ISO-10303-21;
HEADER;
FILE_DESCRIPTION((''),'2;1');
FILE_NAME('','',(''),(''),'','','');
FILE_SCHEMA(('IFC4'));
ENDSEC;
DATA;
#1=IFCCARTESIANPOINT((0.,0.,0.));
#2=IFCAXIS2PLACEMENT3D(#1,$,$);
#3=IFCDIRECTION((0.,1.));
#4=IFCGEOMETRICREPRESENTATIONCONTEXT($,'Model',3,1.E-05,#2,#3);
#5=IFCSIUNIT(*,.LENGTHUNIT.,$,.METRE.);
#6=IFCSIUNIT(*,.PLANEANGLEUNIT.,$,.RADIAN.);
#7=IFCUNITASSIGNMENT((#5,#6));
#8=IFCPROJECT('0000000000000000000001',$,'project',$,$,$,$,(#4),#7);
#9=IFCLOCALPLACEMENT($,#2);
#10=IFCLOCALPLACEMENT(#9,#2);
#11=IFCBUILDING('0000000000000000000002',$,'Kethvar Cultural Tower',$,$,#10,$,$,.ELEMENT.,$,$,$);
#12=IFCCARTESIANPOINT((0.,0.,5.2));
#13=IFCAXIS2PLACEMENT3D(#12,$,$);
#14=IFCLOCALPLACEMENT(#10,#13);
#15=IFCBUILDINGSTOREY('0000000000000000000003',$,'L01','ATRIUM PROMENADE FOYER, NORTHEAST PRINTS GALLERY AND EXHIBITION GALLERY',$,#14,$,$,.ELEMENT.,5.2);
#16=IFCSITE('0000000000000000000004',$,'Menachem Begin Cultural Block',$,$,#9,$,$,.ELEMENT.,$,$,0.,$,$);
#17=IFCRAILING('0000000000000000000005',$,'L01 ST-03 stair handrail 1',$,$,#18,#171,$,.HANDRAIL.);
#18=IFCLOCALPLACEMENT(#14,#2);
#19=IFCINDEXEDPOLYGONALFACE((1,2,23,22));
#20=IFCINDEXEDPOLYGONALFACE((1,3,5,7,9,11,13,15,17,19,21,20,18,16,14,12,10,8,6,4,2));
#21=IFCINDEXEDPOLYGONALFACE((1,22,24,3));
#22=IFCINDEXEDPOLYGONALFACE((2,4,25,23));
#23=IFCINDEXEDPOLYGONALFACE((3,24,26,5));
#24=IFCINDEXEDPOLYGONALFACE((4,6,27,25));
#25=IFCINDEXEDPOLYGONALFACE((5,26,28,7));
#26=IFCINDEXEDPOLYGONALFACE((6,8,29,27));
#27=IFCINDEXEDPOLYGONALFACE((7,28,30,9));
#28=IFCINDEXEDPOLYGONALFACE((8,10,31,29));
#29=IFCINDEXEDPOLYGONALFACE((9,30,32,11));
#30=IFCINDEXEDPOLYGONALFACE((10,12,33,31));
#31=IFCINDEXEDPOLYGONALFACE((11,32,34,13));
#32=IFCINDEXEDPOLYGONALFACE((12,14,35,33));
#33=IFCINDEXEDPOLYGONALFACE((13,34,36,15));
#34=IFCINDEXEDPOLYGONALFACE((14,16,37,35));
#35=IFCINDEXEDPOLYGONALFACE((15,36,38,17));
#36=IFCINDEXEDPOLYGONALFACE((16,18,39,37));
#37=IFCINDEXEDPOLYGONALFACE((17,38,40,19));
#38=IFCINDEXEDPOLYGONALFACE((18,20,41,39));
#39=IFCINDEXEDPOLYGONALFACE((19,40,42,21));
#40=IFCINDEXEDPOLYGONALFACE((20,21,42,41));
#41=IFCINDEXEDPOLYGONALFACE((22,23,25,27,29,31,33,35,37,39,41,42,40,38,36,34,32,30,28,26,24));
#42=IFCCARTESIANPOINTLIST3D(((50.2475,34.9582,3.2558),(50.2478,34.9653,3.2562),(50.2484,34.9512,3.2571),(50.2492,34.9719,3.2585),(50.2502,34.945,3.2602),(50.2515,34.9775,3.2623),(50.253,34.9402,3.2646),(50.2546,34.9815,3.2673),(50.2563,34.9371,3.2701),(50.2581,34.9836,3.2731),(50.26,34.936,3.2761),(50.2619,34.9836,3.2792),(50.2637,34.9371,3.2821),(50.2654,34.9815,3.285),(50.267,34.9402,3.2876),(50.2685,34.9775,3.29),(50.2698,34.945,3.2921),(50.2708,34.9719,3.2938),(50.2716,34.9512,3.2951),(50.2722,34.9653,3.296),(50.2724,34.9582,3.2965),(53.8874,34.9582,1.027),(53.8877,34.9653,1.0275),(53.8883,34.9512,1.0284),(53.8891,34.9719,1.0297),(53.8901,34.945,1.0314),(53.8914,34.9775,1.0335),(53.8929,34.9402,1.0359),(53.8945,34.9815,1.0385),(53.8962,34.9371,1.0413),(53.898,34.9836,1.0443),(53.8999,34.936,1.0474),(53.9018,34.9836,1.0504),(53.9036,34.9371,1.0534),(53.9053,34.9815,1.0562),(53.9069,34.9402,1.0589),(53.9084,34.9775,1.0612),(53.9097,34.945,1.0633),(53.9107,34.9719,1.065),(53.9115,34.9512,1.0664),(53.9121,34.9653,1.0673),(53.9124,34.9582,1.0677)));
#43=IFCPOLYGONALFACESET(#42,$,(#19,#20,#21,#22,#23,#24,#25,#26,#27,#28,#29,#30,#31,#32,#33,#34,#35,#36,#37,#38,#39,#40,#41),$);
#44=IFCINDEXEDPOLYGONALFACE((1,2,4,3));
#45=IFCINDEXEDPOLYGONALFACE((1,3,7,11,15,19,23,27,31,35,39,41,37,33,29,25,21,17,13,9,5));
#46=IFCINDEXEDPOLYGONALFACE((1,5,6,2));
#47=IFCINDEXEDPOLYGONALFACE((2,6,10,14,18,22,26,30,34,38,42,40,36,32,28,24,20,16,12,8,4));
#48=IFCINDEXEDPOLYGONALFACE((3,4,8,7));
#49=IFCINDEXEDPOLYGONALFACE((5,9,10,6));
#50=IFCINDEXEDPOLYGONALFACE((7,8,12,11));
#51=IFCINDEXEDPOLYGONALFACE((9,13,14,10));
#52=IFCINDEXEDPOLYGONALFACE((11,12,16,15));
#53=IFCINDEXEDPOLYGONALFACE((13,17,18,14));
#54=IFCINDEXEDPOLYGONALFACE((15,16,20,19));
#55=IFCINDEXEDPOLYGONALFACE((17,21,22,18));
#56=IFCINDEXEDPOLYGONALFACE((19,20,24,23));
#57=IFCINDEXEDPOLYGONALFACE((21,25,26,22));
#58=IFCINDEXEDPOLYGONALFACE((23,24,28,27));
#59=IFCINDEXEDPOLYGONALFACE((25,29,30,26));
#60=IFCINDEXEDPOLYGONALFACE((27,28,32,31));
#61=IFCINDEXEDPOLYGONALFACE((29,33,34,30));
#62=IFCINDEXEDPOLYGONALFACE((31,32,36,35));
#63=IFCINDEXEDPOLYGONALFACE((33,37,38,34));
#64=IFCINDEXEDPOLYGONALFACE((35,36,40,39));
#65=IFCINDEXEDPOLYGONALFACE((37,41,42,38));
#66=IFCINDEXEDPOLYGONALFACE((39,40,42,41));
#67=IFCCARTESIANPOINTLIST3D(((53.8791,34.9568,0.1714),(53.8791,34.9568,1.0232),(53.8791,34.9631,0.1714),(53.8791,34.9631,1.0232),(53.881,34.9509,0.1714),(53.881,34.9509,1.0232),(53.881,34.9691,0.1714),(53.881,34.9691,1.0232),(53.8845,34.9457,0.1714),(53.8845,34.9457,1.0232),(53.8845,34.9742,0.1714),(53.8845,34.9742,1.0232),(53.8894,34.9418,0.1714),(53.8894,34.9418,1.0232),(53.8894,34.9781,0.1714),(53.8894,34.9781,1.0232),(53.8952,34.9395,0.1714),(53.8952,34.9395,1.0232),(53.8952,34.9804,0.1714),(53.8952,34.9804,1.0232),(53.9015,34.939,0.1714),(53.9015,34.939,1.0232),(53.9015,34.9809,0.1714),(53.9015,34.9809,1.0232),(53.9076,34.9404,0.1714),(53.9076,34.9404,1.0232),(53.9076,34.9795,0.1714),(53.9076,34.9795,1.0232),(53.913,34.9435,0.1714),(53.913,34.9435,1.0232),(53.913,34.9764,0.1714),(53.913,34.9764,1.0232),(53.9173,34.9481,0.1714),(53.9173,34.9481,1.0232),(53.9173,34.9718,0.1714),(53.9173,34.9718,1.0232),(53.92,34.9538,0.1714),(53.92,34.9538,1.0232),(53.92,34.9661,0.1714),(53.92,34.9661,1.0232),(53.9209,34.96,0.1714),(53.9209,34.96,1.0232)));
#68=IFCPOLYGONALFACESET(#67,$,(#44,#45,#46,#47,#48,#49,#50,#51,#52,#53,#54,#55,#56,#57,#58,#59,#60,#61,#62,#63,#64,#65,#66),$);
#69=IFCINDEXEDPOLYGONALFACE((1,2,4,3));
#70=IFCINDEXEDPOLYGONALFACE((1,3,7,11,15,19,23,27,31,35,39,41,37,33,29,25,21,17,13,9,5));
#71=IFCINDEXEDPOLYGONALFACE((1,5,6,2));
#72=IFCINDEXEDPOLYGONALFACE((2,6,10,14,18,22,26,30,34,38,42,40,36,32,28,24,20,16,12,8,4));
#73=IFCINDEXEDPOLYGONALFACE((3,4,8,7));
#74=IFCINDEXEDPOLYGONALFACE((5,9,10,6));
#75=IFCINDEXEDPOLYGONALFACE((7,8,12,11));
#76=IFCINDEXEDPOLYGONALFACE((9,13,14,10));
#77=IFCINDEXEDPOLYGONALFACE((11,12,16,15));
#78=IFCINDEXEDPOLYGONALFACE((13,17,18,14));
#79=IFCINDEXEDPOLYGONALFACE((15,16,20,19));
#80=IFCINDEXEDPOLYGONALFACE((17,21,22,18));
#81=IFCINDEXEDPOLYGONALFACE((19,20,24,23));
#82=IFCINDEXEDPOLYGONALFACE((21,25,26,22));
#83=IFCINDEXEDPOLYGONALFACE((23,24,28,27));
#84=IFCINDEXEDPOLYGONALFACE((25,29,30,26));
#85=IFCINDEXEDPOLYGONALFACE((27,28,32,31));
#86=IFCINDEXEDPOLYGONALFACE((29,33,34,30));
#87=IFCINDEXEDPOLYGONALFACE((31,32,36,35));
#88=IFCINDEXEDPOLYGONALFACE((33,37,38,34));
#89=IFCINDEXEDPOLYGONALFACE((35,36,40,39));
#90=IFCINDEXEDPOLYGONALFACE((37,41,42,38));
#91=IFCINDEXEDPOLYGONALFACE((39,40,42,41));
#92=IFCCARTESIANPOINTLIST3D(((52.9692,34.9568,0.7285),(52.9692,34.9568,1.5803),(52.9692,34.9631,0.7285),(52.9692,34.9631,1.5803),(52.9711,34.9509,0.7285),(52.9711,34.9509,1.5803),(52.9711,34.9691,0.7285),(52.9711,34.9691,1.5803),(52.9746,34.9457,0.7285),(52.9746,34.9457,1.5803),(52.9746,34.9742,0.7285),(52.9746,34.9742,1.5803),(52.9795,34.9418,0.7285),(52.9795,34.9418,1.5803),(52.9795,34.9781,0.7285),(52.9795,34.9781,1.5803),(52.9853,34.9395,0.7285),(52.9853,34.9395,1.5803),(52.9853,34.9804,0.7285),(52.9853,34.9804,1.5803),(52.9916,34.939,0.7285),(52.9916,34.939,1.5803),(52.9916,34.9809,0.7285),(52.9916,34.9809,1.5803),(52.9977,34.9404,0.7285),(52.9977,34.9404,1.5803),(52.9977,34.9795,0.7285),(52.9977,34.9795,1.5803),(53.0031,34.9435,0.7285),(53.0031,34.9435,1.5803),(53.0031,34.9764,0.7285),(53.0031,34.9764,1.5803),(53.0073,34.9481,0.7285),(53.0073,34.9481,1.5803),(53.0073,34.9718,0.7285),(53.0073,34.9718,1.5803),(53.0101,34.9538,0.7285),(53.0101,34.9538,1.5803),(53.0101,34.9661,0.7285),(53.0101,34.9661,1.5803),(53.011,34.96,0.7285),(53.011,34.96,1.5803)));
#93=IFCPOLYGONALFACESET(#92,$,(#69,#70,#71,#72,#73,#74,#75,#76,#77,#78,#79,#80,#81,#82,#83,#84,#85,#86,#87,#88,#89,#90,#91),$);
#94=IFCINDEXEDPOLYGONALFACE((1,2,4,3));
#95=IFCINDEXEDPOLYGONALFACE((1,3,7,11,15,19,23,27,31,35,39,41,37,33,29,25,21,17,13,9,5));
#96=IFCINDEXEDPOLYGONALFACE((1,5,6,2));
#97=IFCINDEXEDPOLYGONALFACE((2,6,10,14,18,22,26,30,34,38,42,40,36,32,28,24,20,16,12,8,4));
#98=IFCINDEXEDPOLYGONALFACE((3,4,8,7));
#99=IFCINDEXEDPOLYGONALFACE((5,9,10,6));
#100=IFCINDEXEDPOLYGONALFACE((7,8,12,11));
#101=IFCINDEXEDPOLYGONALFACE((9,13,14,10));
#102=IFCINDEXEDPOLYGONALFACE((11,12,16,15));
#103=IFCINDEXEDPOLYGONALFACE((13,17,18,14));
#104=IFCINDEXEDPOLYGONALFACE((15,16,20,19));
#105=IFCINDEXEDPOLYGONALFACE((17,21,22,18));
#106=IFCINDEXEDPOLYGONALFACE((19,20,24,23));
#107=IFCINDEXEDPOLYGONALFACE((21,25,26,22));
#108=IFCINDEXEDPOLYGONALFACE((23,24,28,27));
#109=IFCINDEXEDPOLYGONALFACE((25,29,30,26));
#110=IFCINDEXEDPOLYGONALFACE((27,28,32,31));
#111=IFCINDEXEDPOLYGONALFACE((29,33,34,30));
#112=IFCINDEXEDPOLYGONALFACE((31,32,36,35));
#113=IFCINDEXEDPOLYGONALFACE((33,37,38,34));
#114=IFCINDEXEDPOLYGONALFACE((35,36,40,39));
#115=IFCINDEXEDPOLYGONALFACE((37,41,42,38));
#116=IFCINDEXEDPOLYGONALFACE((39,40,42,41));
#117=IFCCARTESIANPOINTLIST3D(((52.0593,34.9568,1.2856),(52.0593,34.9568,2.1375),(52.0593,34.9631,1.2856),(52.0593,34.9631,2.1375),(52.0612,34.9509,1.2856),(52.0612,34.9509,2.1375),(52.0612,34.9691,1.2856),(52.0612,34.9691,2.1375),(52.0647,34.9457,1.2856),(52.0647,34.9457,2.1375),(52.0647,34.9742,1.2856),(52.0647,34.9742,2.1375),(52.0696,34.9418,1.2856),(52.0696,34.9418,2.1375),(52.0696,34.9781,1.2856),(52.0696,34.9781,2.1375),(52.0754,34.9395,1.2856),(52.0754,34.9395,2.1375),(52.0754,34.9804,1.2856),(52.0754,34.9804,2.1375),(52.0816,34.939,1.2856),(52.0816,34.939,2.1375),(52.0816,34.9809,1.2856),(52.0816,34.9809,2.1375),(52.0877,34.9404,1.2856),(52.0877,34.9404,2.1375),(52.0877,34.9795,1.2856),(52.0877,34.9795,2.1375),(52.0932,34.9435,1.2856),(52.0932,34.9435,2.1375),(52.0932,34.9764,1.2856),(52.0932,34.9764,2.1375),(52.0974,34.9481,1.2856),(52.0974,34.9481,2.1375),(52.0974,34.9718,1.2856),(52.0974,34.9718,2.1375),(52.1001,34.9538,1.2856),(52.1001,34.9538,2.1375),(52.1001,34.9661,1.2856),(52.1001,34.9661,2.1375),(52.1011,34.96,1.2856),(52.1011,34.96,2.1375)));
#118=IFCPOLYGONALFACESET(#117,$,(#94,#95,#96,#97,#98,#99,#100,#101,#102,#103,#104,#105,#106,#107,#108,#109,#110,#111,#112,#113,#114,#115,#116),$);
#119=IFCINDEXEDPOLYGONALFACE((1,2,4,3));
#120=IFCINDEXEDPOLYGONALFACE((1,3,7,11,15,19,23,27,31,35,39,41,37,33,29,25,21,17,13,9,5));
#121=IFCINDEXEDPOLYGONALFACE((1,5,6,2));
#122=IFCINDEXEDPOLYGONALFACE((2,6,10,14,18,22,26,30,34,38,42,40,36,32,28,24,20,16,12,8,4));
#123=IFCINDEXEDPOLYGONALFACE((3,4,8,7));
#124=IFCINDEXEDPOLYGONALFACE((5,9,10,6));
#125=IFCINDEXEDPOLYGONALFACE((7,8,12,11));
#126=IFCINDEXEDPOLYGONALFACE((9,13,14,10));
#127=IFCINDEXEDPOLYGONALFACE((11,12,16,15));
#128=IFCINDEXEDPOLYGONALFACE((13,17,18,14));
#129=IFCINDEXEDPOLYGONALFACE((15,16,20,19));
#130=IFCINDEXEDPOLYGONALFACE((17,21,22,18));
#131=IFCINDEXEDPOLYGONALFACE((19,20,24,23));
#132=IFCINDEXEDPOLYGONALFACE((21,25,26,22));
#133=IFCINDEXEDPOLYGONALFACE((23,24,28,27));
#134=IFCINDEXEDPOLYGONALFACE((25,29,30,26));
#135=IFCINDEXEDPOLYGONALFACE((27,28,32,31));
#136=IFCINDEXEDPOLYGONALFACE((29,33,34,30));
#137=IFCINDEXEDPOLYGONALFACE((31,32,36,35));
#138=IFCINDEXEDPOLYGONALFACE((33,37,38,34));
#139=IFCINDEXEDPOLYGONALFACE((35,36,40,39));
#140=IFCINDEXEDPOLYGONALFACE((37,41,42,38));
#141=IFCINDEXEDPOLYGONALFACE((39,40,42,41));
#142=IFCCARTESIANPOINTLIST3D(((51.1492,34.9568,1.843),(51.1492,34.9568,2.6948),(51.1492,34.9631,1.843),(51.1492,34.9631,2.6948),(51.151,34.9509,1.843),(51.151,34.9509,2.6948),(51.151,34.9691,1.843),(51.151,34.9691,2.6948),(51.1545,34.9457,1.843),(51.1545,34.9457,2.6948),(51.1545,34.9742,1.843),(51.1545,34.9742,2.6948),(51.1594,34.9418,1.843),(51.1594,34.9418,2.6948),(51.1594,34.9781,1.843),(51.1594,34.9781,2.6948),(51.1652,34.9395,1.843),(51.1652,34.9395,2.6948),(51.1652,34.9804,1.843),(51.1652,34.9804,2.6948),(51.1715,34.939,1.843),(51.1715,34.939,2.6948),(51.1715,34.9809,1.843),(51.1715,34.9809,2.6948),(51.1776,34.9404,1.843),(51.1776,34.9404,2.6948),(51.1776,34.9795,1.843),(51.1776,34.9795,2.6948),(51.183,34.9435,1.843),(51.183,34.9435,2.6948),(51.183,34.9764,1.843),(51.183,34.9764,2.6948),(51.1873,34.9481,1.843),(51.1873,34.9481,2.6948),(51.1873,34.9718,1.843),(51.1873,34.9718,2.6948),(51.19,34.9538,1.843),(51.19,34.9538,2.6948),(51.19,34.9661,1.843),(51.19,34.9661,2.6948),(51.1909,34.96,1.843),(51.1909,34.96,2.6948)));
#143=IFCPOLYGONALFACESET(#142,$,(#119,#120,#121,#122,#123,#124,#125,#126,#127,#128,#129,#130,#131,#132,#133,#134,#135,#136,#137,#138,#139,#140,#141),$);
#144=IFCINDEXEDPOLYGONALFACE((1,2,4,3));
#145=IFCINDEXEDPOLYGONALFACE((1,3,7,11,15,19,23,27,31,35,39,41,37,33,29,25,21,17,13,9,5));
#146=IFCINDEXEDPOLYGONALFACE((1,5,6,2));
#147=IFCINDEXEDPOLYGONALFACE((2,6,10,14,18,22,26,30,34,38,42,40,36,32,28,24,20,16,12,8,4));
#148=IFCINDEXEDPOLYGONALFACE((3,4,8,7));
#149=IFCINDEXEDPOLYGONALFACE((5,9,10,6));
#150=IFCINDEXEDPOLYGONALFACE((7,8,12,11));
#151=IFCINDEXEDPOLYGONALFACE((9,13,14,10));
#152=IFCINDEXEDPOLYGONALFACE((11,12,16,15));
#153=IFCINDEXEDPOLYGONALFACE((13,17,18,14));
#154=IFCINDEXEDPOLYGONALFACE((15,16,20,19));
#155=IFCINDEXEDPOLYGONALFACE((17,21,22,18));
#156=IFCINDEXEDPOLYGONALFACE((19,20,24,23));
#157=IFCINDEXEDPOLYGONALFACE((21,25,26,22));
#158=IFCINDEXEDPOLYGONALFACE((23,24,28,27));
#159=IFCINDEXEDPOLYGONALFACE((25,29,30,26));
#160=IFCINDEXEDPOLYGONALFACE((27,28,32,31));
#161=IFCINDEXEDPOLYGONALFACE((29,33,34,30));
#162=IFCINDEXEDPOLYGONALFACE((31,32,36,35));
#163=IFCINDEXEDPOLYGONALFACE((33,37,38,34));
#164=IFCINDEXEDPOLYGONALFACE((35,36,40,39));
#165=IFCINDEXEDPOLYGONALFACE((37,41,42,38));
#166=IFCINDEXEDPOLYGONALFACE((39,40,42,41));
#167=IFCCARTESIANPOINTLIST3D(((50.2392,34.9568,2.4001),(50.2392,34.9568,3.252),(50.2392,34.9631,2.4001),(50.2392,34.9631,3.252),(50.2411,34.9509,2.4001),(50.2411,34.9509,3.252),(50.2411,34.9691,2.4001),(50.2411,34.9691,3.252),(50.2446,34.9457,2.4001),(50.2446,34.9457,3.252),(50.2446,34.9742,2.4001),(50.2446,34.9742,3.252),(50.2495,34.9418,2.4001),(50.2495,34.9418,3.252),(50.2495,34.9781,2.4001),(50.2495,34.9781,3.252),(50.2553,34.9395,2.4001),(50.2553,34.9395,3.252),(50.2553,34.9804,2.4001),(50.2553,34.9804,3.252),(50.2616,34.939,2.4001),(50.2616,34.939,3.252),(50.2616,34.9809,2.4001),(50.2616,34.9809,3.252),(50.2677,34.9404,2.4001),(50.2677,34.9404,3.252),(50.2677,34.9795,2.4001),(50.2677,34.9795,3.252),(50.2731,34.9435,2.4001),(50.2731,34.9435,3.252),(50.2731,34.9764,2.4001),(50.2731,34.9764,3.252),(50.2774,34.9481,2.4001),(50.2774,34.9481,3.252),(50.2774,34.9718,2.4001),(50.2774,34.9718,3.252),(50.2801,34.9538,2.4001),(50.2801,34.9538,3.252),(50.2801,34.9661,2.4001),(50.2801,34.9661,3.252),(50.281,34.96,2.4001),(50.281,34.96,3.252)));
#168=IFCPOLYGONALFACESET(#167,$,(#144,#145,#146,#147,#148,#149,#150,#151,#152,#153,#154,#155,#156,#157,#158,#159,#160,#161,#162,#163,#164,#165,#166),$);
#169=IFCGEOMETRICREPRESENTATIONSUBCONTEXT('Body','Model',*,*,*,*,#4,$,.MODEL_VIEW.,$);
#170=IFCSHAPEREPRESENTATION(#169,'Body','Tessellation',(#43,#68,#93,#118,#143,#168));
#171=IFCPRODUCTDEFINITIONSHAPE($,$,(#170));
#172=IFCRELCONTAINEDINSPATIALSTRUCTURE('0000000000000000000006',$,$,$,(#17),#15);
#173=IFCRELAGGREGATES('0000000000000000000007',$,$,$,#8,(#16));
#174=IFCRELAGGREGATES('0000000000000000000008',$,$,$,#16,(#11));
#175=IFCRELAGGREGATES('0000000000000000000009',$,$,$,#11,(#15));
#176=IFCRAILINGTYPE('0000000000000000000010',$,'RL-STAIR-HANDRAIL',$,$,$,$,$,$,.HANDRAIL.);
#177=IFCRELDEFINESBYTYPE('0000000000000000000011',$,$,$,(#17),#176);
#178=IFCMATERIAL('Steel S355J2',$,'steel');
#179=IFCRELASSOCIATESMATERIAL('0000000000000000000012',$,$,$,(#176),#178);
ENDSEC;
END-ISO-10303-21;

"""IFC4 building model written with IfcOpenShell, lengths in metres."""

from ifc_helpers import new_model, si_unit, direction, frame, origin, origin_2d, place, context, subcontext, project, spatial, circle, extrude, material, type_object, element, save


model = new_model("IFC4")

# Units and contexts
model_context = context("Model", 3, precision=1e-05, world=origin(), true_north=direction((0.0, 1.0)))
body_context = subcontext(model_context, "Body", "Model", "MODEL_VIEW")
ifc_project = project(units=[si_unit("LENGTHUNIT", "METRE"), si_unit("PLANEANGLEUNIT", "RADIAN")], contexts=[model_context])

# Site, building, storey
site_placement = place(None, origin())
site = spatial("IfcSite", under=ifc_project, at=site_placement, Name="Menachem Begin Cultural Block", CompositionType="ELEMENT", RefElevation=0.0)
building_placement = place(site_placement, origin())
building = spatial("IfcBuilding", under=site, at=building_placement, Name="Kethvar Cultural Tower", CompositionType="ELEMENT")
storey_placement = place(building_placement, frame((0.0, 0.0, 5.2)))
storey = spatial("IfcBuildingStorey", under=building, at=storey_placement, Name="L01", Description="ATRIUM PROMENADE FOYER, NORTHEAST PRINTS GALLERY AND EXHIBITION GALLERY", CompositionType="ELEMENT", Elevation=5.2)

# Shared definitions
ifc_material_1 = material(Name="Steel S355J2", Category="steel")

# Railing
railing_type_1 = type_object("IfcRailingType", Name="RL-STAIR-HANDRAIL", PredefinedType="HANDRAIL", material=ifc_material_1)
railing_1_placement = place(storey_placement, frame((53.8999, 34.96, 0.1714)))
element("IfcRailing", 1, at=railing_1_placement, inside=storey, type_object=railing_type_1, Name="L01 ST-03 stair handrail 1", PredefinedType="HANDRAIL", context=body_context, shape_type="SweptSolid", body=[
    extrude(circle(Radius=0.0239, at=origin_2d()), frame((0.0, 0.0, 0.876), z_axis=(-0.852825, 0.0, 0.522197), x_axis=(0.0, -1.0, 0.0)), (0.0, 0.0, 1.0), 4.2681),
    extrude(circle(Radius=0.021, at=origin_2d()), origin(), (0.0, 0.0, 1.0), 0.8518),
    extrude(circle(Radius=0.021, at=origin_2d()), frame((-0.9099, 0.0, 0.5571)), (0.0, 0.0, 1.0), 0.8518),
    extrude(circle(Radius=0.021, at=origin_2d()), frame((-1.8198, 0.0, 1.1143)), (0.0, 0.0, 1.0), 0.8518),
    extrude(circle(Radius=0.021, at=origin_2d()), frame((-2.73, 0.0, 1.6716)), (0.0, 0.0, 1.0), 0.8518),
    extrude(circle(Radius=0.021, at=origin_2d()), frame((-3.6399, 0.0, 2.2288)), (0.0, 0.0, 1.0), 0.8518),
])

save(model, "model.ifc")
